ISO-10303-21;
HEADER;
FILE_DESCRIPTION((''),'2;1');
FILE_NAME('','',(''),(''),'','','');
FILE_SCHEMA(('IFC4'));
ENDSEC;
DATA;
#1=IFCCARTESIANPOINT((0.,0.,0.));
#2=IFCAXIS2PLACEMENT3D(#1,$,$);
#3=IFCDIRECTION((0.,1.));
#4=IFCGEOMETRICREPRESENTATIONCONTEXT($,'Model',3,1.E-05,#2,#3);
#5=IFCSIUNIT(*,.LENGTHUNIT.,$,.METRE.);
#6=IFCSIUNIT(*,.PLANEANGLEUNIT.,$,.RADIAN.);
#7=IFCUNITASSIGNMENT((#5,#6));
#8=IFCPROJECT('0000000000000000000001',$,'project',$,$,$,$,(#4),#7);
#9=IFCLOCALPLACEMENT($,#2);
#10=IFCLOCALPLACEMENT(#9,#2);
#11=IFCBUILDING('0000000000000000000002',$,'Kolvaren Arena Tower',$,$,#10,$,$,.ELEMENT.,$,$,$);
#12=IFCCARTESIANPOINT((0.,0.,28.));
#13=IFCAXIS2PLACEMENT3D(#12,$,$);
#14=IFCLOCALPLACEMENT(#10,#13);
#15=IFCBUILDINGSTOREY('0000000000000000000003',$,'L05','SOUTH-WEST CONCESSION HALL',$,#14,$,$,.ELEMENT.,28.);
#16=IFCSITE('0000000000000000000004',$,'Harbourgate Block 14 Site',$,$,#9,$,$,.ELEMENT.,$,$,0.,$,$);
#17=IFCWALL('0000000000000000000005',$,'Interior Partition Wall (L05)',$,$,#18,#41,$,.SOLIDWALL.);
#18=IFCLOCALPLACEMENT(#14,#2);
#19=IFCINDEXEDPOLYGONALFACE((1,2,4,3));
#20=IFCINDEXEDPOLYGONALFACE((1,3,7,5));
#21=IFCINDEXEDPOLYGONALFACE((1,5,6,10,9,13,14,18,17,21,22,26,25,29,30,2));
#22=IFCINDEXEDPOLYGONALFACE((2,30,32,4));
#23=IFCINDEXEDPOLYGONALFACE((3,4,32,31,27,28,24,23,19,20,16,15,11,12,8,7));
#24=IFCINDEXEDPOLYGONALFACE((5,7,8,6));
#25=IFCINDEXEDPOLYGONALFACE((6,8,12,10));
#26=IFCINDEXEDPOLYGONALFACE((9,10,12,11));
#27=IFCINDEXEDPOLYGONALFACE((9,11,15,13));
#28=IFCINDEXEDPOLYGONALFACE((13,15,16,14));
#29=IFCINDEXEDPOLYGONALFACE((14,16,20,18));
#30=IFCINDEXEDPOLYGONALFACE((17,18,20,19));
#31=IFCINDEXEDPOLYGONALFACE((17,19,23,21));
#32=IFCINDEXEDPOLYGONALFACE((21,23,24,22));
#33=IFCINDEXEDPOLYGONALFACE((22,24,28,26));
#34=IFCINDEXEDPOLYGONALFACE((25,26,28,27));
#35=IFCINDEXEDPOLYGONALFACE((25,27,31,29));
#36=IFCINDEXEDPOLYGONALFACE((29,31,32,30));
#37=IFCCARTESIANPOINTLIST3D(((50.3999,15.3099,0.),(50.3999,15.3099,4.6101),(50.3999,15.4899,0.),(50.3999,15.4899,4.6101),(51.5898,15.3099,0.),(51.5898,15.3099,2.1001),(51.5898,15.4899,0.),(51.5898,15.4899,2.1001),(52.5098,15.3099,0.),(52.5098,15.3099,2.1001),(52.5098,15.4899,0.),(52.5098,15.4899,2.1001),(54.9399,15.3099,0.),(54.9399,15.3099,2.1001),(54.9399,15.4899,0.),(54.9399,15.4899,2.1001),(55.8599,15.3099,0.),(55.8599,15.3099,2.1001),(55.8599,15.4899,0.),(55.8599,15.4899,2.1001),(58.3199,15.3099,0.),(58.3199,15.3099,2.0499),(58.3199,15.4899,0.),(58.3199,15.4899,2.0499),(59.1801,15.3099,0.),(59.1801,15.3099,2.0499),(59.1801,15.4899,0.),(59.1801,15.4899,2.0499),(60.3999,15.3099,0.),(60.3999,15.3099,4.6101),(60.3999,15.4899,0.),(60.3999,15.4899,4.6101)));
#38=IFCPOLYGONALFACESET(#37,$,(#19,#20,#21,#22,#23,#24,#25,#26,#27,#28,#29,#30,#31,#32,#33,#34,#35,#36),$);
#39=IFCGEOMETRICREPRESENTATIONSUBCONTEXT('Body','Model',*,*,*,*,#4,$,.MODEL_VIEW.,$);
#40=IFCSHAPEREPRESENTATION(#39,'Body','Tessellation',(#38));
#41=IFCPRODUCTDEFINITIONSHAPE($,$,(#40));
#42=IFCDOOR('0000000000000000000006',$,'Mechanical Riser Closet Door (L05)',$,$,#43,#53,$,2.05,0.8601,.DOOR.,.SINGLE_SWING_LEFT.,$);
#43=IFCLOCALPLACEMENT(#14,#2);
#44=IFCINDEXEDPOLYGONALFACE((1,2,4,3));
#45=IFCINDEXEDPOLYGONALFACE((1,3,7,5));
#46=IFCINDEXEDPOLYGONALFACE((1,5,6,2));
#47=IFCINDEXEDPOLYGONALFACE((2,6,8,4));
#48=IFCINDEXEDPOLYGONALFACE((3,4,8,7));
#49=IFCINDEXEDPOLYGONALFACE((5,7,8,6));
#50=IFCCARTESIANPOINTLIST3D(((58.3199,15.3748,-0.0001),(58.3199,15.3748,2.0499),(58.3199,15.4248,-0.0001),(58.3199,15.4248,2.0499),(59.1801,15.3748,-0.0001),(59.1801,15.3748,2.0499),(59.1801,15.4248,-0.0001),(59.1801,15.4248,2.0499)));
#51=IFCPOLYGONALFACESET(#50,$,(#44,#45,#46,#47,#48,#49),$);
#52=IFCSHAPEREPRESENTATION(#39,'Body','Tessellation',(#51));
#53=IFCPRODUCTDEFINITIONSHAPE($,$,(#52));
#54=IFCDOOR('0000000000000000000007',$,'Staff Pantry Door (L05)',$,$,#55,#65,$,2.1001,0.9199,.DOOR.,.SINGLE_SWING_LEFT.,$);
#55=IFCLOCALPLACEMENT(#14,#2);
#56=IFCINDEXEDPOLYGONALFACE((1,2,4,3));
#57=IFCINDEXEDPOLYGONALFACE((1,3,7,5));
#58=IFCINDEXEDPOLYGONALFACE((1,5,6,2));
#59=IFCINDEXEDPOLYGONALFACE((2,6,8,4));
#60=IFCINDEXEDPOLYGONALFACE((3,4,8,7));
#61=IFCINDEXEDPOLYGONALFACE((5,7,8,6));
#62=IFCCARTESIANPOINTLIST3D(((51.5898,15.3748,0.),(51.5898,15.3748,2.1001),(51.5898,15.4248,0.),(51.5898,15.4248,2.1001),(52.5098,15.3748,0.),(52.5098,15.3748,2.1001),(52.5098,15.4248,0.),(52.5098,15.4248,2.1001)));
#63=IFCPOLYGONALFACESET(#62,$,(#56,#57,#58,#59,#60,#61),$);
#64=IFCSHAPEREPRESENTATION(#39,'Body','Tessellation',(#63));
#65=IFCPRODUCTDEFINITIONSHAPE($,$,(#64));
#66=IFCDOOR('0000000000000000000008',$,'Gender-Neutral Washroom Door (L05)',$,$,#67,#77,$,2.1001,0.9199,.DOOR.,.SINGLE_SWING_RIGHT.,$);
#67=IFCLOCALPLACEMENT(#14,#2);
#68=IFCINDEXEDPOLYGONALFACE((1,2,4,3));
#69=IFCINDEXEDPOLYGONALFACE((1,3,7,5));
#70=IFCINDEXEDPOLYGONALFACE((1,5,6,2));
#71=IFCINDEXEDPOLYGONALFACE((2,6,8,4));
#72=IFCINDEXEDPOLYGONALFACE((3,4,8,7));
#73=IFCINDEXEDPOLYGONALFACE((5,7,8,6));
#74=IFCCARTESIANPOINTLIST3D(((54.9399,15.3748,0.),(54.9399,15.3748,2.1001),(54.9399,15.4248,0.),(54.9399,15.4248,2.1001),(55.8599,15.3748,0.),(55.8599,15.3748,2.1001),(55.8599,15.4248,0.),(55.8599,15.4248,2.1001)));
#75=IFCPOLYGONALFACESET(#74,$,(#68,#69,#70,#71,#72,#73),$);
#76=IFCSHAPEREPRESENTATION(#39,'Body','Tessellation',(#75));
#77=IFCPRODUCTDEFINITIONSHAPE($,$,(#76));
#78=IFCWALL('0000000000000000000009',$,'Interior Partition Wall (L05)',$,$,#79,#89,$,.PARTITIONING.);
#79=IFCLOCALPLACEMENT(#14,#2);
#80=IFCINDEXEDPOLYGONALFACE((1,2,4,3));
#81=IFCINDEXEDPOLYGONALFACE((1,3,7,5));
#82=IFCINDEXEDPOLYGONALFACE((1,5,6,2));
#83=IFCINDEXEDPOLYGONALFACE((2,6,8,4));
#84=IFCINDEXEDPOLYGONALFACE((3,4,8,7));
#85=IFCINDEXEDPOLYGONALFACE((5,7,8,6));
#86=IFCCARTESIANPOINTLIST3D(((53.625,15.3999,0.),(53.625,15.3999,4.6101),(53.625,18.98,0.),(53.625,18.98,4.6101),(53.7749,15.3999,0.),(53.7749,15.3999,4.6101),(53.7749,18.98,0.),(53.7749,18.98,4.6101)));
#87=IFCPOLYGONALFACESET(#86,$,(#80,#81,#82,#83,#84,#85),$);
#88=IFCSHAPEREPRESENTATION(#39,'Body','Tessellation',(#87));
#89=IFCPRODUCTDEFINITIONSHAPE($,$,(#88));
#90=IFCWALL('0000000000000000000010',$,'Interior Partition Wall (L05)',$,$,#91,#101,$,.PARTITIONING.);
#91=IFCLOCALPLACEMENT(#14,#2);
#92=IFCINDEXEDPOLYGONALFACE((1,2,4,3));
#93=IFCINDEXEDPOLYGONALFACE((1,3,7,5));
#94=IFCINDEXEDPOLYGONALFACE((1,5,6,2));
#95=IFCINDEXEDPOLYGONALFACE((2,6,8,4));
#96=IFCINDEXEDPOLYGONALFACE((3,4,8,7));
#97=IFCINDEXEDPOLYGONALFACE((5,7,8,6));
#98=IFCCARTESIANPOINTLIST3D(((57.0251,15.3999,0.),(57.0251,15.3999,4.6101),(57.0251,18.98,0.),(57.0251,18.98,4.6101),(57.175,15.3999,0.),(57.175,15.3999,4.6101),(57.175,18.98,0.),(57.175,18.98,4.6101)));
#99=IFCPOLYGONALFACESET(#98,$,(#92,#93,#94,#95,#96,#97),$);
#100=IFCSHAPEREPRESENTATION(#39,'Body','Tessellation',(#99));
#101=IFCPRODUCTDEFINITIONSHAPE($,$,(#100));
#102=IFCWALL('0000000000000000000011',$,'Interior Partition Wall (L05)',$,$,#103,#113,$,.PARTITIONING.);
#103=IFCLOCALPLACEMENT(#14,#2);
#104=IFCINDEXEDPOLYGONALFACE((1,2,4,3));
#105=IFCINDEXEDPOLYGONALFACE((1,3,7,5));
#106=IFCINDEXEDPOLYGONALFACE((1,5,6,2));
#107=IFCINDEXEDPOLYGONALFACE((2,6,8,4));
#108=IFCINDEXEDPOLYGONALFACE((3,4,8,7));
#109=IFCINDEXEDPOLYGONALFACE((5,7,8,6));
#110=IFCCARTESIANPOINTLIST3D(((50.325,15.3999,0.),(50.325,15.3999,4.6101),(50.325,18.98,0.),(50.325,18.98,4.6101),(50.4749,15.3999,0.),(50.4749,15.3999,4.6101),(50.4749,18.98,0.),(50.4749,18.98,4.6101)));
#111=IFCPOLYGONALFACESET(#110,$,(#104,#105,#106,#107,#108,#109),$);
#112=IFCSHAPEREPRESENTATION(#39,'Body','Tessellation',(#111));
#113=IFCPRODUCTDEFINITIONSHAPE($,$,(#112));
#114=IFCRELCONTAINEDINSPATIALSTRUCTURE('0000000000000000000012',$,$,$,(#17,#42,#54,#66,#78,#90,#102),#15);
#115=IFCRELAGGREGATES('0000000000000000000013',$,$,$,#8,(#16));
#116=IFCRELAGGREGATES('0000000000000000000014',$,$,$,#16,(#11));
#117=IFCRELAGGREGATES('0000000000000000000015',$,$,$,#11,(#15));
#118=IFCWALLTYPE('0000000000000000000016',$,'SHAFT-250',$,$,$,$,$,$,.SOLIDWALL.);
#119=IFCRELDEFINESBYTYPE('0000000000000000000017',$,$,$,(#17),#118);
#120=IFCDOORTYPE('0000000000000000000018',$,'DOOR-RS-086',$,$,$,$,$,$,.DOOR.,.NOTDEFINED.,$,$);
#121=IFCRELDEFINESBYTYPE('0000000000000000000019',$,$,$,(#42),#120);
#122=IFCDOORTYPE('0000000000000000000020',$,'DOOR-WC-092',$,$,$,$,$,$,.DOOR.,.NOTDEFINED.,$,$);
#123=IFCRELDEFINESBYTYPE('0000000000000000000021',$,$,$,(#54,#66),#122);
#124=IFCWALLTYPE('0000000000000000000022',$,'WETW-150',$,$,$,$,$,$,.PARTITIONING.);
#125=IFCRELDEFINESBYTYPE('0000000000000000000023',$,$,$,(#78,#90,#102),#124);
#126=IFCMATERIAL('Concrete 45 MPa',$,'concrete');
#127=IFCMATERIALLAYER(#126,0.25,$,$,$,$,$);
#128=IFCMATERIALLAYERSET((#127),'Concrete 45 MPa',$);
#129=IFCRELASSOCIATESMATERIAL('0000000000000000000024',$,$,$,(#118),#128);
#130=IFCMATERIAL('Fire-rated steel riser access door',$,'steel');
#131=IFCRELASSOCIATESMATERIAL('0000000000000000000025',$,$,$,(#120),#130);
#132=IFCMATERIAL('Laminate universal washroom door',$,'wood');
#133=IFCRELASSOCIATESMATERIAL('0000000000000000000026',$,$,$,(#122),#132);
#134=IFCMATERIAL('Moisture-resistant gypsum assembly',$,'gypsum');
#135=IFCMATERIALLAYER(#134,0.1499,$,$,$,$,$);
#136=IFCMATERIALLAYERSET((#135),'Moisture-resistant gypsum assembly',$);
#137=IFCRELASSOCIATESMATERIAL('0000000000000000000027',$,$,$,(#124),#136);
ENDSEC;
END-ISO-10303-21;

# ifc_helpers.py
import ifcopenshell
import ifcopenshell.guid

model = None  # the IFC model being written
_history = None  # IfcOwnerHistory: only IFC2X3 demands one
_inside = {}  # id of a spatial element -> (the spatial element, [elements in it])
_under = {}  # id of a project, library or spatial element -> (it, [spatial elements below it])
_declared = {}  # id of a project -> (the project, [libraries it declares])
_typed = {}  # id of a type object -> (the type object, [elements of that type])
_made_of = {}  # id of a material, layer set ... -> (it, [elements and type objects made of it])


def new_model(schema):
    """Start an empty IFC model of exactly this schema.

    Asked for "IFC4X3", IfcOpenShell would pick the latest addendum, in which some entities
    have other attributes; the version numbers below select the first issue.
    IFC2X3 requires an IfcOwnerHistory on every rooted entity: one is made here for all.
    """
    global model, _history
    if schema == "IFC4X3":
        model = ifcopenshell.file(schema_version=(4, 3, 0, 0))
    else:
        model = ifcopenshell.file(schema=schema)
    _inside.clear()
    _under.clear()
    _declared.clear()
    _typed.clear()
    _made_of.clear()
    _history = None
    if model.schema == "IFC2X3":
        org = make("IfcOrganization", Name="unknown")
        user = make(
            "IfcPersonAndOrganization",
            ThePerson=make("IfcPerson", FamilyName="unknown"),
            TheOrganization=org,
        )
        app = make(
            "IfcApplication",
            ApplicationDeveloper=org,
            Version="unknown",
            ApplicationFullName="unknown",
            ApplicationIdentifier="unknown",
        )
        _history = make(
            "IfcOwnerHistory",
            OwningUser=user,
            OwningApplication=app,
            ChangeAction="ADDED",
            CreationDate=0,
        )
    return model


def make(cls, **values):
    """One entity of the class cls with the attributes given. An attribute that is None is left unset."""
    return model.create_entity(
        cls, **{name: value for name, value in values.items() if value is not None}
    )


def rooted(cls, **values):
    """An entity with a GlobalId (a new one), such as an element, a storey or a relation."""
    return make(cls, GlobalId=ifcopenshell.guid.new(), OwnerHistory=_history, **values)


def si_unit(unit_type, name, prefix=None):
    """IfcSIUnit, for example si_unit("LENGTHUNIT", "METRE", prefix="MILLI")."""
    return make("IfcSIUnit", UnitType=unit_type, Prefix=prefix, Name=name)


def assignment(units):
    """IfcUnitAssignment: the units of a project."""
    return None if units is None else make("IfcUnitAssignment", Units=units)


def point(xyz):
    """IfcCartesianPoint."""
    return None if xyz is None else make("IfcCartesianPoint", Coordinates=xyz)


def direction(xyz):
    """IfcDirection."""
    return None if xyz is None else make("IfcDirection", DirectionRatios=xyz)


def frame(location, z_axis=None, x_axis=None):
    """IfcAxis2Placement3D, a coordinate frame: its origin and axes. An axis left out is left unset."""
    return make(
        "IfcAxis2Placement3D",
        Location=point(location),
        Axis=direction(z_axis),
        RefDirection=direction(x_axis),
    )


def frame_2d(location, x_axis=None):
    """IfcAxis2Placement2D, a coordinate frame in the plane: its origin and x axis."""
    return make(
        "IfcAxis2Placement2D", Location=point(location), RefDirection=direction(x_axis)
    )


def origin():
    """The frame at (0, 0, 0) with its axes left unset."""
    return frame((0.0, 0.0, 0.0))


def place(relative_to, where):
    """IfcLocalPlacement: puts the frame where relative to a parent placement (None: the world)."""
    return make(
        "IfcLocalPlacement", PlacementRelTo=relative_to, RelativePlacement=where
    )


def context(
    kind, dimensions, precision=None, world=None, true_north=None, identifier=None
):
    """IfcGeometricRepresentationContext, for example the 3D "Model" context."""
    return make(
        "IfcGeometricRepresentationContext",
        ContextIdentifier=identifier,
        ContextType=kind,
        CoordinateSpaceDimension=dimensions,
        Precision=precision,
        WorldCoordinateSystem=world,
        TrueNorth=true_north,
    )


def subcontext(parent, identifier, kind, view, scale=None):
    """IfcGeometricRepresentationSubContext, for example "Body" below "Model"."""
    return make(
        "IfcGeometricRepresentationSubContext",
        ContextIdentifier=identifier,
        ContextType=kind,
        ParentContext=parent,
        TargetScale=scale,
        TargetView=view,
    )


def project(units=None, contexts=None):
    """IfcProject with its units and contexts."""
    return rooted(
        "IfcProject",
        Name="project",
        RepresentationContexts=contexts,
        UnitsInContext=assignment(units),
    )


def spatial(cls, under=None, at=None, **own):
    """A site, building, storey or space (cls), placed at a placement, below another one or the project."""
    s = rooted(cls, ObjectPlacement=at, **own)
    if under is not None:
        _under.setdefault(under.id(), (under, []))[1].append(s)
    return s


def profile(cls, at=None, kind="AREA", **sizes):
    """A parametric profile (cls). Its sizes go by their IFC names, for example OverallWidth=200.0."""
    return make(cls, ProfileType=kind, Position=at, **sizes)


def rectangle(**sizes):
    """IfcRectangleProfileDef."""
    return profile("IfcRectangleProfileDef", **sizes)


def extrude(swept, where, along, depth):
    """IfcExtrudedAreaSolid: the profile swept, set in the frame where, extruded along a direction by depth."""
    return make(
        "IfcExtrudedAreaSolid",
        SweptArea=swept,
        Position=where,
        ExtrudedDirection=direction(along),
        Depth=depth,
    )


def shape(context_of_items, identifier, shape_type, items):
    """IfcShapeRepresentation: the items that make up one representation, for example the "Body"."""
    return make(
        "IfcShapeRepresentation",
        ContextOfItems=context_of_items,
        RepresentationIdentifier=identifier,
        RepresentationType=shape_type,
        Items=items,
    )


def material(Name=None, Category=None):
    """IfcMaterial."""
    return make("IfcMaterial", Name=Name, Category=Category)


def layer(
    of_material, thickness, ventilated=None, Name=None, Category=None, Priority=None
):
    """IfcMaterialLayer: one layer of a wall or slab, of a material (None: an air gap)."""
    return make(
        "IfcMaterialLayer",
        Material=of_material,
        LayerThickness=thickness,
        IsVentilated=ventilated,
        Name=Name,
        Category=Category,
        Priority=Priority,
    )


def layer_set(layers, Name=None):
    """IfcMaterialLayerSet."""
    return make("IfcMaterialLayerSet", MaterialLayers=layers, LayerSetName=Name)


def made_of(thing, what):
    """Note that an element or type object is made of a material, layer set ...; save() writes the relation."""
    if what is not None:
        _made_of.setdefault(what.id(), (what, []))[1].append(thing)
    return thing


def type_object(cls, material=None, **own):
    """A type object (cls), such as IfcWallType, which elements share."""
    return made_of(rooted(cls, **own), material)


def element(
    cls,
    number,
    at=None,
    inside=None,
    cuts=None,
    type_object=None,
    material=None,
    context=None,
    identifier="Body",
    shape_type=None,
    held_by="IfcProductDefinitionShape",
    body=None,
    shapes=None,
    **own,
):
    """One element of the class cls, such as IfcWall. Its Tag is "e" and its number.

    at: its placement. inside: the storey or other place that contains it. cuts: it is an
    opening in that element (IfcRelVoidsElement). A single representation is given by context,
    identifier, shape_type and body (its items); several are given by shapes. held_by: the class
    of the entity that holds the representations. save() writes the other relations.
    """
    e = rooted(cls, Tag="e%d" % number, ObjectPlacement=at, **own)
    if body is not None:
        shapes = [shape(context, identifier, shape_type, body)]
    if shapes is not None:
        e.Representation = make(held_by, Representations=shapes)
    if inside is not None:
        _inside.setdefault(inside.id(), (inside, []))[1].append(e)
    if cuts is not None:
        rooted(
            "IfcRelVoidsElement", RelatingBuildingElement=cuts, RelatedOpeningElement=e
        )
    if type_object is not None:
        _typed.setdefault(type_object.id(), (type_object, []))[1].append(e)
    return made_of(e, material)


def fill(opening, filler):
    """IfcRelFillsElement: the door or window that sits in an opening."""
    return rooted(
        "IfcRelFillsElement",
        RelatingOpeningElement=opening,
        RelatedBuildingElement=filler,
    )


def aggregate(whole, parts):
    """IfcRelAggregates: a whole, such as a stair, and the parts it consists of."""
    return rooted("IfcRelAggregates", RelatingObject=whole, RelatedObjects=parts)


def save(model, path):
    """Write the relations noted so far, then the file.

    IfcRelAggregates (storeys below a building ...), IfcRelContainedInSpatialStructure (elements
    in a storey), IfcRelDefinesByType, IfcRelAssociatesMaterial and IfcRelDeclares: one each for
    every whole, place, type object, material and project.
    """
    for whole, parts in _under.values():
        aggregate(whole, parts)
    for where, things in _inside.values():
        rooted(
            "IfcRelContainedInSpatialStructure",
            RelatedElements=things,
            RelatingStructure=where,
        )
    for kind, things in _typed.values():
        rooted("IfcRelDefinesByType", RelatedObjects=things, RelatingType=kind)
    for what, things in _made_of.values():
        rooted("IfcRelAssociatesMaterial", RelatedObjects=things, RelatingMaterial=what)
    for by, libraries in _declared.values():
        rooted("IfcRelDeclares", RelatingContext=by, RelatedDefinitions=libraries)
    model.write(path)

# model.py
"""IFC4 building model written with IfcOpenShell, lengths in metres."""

from ifc_helpers import new_model, si_unit, direction, frame, frame_2d, origin, place, context, subcontext, project, spatial, rectangle, extrude, material, layer, layer_set, type_object, element, fill, save


model = new_model("IFC4")

# Units and contexts
model_context = context("Model", 3, precision=1e-05, world=origin(), true_north=direction((0.0, 1.0)))
body_context = subcontext(model_context, "Body", "Model", "MODEL_VIEW")
ifc_project = project(units=[si_unit("LENGTHUNIT", "METRE"), si_unit("PLANEANGLEUNIT", "RADIAN")], contexts=[model_context])

# Site, building, storey
site_placement = place(None, origin())
site = spatial("IfcSite", under=ifc_project, at=site_placement, Name="Harbourgate Block 14 Site", CompositionType="ELEMENT", RefElevation=0.0)
building_placement = place(site_placement, origin())
building = spatial("IfcBuilding", under=site, at=building_placement, Name="Kolvaren Arena Tower", CompositionType="ELEMENT")
storey_placement = place(building_placement, frame((0.0, 0.0, 28.0)))
storey = spatial("IfcBuildingStorey", under=building, at=storey_placement, Name="L05", Description="SOUTH-WEST CONCESSION HALL", CompositionType="ELEMENT", Elevation=28.0)

# Shared definitions
ifc_material_1 = material(Name="Concrete 45 MPa", Category="concrete")
ifc_layer_1 = layer(ifc_material_1, 0.25)
ifc_layer_set_1 = layer_set([ifc_layer_1], Name="Concrete 45 MPa")
wall_type_1 = type_object("IfcWallType", Name="SHAFT-250", PredefinedType="SOLIDWALL", material=ifc_layer_set_1)

# Wall, openings, doors
wall_1_placement = place(storey_placement, frame((50.3999, 15.3999, 0.0), z_axis=(0.0, 0.0, 1.0), x_axis=(1.0, 0.0, 0.0)))
wall_1 = element("IfcWall", 1, at=wall_1_placement, inside=storey, type_object=wall_type_1, Name="Interior Partition Wall (L05)", PredefinedType="SOLIDWALL", context=body_context, shape_type="SweptSolid", body=[
    extrude(rectangle(XDim=10.0, YDim=0.1799, at=frame_2d((5.0, 0.0))), origin(), (0.0, 0.0, 1.0), 4.6101),
])
opening_1_placement = place(wall_1_placement, frame((1.1899, 0.0, 0.0)))
opening_1 = element("IfcOpeningElement", 2, at=opening_1_placement, cuts=wall_1, PredefinedType="OPENING", context=body_context, shape_type="SweptSolid", body=[
    extrude(rectangle(XDim=0.9199, YDim=2.1001, at=frame_2d((0.46, 1.05))), frame((0.0, 0.0999, 0.0), z_axis=(0.0, -1.0, 0.0), x_axis=(1.0, 0.0, 0.0)), (0.0, 0.0, 1.0), 0.2),
])
opening_2_placement = place(wall_1_placement, frame((4.54, 0.0, 0.0)))
opening_2 = element("IfcOpeningElement", 3, at=opening_2_placement, cuts=wall_1, PredefinedType="OPENING", context=body_context, shape_type="SweptSolid", body=[
    extrude(rectangle(XDim=0.9199, YDim=2.1001, at=frame_2d((0.46, 1.05))), frame((0.0, 0.0999, 0.0), z_axis=(0.0, -1.0, 0.0), x_axis=(1.0, 0.0, 0.0)), (0.0, 0.0, 1.0), 0.2),
])
opening_3_placement = place(wall_1_placement, frame((7.9199, 0.0, 0.0)))
opening_3 = element("IfcOpeningElement", 4, at=opening_3_placement, cuts=wall_1, PredefinedType="OPENING", context=body_context, shape_type="SweptSolid", body=[
    extrude(rectangle(XDim=0.8601, YDim=2.05, at=frame_2d((0.4302, 1.0249))), frame((0.0, 0.0999, 0.0), z_axis=(0.0, -1.0, 0.0), x_axis=(1.0, 0.0, 0.0)), (0.0, 0.0, 1.0), 0.2),
])
ifc_material_2 = material(Name="Fire-rated steel riser access door", Category="steel")
door_type_1 = type_object("IfcDoorType", Name="DOOR-RS-086", OperationType="NOTDEFINED", PredefinedType="DOOR", material=ifc_material_2)
door_1_placement = place(opening_3_placement, origin())
door_1 = element("IfcDoor", 5, at=door_1_placement, inside=storey, type_object=door_type_1, Name="Mechanical Riser Closet Door (L05)", OperationType="SINGLE_SWING_LEFT", OverallHeight=2.05, OverallWidth=0.8601, PredefinedType="DOOR", context=body_context, shape_type="SweptSolid", body=[
    extrude(rectangle(XDim=0.8601, YDim=2.05, at=frame_2d((0.4302, 1.0249))), frame((0.0, 0.0249, 0.0), z_axis=(0.0, -1.0, 0.0), x_axis=(1.0, 0.0, 0.0)), (0.0, 0.0, 1.0), 0.05),
])
fill(opening_3, door_1)
ifc_material_3 = material(Name="Laminate universal washroom door", Category="wood")
door_type_2 = type_object("IfcDoorType", Name="DOOR-WC-092", OperationType="NOTDEFINED", PredefinedType="DOOR", material=ifc_material_3)
door_2_placement = place(opening_1_placement, origin())
door_2 = element("IfcDoor", 6, at=door_2_placement, inside=storey, type_object=door_type_2, Name="Staff Pantry Door (L05)", OperationType="SINGLE_SWING_LEFT", OverallHeight=2.1001, OverallWidth=0.9199, PredefinedType="DOOR", context=body_context, shape_type="SweptSolid", body=[
    extrude(rectangle(XDim=0.9199, YDim=2.1001, at=frame_2d((0.46, 1.05))), frame((0.0, 0.0249, 0.0), z_axis=(0.0, -1.0, 0.0), x_axis=(1.0, 0.0, 0.0)), (0.0, 0.0, 1.0), 0.05),
])
fill(opening_1, door_2)
door_3_placement = place(opening_2_placement, origin())
door_3 = element("IfcDoor", 7, at=door_3_placement, inside=storey, type_object=door_type_2, Name="Gender-Neutral Washroom Door (L05)", OperationType="SINGLE_SWING_RIGHT", OverallHeight=2.1001, OverallWidth=0.9199, PredefinedType="DOOR", context=body_context, shape_type="SweptSolid", body=[
    extrude(rectangle(XDim=0.9199, YDim=2.1001, at=frame_2d((0.46, 1.05))), frame((0.0, 0.0249, 0.0), z_axis=(0.0, -1.0, 0.0), x_axis=(1.0, 0.0, 0.0)), (0.0, 0.0, 1.0), 0.05),
])
fill(opening_2, door_3)

# Walls
ifc_material_4 = material(Name="Moisture-resistant gypsum assembly", Category="gypsum")
ifc_layer_2 = layer(ifc_material_4, 0.1499)
ifc_layer_set_2 = layer_set([ifc_layer_2], Name="Moisture-resistant gypsum assembly")
wall_type_2 = type_object("IfcWallType", Name="WETW-150", PredefinedType="PARTITIONING", material=ifc_layer_set_2)
for number, where, z_axis, x_axis, name in (
    (8, (53.7, 15.3999, 0.0), (0.0, 0.0, 1.0), (0.0, 1.0, 0.0), "Interior Partition Wall (L05)"),
    (9, (57.1001, 15.3999, 0.0), (0.0, 0.0, 1.0), (0.0, 1.0, 0.0), "Interior Partition Wall (L05)"),
    (10, (50.3999, 15.3999, 0.0), (0.0, 0.0, 1.0), (0.0, 1.0, 0.0), "Interior Partition Wall (L05)"),
):
    element("IfcWall", number, at=place(storey_placement, frame(where, z_axis=z_axis, x_axis=x_axis)), inside=storey, type_object=wall_type_2, Name=name, PredefinedType="PARTITIONING", context=body_context, shape_type="SweptSolid", body=[
        extrude(rectangle(XDim=3.5801, YDim=0.1499, at=frame_2d((1.79, 0.0))), origin(), (0.0, 0.0, 1.0), 4.6101),
    ])

save(model, "model.ifc")
